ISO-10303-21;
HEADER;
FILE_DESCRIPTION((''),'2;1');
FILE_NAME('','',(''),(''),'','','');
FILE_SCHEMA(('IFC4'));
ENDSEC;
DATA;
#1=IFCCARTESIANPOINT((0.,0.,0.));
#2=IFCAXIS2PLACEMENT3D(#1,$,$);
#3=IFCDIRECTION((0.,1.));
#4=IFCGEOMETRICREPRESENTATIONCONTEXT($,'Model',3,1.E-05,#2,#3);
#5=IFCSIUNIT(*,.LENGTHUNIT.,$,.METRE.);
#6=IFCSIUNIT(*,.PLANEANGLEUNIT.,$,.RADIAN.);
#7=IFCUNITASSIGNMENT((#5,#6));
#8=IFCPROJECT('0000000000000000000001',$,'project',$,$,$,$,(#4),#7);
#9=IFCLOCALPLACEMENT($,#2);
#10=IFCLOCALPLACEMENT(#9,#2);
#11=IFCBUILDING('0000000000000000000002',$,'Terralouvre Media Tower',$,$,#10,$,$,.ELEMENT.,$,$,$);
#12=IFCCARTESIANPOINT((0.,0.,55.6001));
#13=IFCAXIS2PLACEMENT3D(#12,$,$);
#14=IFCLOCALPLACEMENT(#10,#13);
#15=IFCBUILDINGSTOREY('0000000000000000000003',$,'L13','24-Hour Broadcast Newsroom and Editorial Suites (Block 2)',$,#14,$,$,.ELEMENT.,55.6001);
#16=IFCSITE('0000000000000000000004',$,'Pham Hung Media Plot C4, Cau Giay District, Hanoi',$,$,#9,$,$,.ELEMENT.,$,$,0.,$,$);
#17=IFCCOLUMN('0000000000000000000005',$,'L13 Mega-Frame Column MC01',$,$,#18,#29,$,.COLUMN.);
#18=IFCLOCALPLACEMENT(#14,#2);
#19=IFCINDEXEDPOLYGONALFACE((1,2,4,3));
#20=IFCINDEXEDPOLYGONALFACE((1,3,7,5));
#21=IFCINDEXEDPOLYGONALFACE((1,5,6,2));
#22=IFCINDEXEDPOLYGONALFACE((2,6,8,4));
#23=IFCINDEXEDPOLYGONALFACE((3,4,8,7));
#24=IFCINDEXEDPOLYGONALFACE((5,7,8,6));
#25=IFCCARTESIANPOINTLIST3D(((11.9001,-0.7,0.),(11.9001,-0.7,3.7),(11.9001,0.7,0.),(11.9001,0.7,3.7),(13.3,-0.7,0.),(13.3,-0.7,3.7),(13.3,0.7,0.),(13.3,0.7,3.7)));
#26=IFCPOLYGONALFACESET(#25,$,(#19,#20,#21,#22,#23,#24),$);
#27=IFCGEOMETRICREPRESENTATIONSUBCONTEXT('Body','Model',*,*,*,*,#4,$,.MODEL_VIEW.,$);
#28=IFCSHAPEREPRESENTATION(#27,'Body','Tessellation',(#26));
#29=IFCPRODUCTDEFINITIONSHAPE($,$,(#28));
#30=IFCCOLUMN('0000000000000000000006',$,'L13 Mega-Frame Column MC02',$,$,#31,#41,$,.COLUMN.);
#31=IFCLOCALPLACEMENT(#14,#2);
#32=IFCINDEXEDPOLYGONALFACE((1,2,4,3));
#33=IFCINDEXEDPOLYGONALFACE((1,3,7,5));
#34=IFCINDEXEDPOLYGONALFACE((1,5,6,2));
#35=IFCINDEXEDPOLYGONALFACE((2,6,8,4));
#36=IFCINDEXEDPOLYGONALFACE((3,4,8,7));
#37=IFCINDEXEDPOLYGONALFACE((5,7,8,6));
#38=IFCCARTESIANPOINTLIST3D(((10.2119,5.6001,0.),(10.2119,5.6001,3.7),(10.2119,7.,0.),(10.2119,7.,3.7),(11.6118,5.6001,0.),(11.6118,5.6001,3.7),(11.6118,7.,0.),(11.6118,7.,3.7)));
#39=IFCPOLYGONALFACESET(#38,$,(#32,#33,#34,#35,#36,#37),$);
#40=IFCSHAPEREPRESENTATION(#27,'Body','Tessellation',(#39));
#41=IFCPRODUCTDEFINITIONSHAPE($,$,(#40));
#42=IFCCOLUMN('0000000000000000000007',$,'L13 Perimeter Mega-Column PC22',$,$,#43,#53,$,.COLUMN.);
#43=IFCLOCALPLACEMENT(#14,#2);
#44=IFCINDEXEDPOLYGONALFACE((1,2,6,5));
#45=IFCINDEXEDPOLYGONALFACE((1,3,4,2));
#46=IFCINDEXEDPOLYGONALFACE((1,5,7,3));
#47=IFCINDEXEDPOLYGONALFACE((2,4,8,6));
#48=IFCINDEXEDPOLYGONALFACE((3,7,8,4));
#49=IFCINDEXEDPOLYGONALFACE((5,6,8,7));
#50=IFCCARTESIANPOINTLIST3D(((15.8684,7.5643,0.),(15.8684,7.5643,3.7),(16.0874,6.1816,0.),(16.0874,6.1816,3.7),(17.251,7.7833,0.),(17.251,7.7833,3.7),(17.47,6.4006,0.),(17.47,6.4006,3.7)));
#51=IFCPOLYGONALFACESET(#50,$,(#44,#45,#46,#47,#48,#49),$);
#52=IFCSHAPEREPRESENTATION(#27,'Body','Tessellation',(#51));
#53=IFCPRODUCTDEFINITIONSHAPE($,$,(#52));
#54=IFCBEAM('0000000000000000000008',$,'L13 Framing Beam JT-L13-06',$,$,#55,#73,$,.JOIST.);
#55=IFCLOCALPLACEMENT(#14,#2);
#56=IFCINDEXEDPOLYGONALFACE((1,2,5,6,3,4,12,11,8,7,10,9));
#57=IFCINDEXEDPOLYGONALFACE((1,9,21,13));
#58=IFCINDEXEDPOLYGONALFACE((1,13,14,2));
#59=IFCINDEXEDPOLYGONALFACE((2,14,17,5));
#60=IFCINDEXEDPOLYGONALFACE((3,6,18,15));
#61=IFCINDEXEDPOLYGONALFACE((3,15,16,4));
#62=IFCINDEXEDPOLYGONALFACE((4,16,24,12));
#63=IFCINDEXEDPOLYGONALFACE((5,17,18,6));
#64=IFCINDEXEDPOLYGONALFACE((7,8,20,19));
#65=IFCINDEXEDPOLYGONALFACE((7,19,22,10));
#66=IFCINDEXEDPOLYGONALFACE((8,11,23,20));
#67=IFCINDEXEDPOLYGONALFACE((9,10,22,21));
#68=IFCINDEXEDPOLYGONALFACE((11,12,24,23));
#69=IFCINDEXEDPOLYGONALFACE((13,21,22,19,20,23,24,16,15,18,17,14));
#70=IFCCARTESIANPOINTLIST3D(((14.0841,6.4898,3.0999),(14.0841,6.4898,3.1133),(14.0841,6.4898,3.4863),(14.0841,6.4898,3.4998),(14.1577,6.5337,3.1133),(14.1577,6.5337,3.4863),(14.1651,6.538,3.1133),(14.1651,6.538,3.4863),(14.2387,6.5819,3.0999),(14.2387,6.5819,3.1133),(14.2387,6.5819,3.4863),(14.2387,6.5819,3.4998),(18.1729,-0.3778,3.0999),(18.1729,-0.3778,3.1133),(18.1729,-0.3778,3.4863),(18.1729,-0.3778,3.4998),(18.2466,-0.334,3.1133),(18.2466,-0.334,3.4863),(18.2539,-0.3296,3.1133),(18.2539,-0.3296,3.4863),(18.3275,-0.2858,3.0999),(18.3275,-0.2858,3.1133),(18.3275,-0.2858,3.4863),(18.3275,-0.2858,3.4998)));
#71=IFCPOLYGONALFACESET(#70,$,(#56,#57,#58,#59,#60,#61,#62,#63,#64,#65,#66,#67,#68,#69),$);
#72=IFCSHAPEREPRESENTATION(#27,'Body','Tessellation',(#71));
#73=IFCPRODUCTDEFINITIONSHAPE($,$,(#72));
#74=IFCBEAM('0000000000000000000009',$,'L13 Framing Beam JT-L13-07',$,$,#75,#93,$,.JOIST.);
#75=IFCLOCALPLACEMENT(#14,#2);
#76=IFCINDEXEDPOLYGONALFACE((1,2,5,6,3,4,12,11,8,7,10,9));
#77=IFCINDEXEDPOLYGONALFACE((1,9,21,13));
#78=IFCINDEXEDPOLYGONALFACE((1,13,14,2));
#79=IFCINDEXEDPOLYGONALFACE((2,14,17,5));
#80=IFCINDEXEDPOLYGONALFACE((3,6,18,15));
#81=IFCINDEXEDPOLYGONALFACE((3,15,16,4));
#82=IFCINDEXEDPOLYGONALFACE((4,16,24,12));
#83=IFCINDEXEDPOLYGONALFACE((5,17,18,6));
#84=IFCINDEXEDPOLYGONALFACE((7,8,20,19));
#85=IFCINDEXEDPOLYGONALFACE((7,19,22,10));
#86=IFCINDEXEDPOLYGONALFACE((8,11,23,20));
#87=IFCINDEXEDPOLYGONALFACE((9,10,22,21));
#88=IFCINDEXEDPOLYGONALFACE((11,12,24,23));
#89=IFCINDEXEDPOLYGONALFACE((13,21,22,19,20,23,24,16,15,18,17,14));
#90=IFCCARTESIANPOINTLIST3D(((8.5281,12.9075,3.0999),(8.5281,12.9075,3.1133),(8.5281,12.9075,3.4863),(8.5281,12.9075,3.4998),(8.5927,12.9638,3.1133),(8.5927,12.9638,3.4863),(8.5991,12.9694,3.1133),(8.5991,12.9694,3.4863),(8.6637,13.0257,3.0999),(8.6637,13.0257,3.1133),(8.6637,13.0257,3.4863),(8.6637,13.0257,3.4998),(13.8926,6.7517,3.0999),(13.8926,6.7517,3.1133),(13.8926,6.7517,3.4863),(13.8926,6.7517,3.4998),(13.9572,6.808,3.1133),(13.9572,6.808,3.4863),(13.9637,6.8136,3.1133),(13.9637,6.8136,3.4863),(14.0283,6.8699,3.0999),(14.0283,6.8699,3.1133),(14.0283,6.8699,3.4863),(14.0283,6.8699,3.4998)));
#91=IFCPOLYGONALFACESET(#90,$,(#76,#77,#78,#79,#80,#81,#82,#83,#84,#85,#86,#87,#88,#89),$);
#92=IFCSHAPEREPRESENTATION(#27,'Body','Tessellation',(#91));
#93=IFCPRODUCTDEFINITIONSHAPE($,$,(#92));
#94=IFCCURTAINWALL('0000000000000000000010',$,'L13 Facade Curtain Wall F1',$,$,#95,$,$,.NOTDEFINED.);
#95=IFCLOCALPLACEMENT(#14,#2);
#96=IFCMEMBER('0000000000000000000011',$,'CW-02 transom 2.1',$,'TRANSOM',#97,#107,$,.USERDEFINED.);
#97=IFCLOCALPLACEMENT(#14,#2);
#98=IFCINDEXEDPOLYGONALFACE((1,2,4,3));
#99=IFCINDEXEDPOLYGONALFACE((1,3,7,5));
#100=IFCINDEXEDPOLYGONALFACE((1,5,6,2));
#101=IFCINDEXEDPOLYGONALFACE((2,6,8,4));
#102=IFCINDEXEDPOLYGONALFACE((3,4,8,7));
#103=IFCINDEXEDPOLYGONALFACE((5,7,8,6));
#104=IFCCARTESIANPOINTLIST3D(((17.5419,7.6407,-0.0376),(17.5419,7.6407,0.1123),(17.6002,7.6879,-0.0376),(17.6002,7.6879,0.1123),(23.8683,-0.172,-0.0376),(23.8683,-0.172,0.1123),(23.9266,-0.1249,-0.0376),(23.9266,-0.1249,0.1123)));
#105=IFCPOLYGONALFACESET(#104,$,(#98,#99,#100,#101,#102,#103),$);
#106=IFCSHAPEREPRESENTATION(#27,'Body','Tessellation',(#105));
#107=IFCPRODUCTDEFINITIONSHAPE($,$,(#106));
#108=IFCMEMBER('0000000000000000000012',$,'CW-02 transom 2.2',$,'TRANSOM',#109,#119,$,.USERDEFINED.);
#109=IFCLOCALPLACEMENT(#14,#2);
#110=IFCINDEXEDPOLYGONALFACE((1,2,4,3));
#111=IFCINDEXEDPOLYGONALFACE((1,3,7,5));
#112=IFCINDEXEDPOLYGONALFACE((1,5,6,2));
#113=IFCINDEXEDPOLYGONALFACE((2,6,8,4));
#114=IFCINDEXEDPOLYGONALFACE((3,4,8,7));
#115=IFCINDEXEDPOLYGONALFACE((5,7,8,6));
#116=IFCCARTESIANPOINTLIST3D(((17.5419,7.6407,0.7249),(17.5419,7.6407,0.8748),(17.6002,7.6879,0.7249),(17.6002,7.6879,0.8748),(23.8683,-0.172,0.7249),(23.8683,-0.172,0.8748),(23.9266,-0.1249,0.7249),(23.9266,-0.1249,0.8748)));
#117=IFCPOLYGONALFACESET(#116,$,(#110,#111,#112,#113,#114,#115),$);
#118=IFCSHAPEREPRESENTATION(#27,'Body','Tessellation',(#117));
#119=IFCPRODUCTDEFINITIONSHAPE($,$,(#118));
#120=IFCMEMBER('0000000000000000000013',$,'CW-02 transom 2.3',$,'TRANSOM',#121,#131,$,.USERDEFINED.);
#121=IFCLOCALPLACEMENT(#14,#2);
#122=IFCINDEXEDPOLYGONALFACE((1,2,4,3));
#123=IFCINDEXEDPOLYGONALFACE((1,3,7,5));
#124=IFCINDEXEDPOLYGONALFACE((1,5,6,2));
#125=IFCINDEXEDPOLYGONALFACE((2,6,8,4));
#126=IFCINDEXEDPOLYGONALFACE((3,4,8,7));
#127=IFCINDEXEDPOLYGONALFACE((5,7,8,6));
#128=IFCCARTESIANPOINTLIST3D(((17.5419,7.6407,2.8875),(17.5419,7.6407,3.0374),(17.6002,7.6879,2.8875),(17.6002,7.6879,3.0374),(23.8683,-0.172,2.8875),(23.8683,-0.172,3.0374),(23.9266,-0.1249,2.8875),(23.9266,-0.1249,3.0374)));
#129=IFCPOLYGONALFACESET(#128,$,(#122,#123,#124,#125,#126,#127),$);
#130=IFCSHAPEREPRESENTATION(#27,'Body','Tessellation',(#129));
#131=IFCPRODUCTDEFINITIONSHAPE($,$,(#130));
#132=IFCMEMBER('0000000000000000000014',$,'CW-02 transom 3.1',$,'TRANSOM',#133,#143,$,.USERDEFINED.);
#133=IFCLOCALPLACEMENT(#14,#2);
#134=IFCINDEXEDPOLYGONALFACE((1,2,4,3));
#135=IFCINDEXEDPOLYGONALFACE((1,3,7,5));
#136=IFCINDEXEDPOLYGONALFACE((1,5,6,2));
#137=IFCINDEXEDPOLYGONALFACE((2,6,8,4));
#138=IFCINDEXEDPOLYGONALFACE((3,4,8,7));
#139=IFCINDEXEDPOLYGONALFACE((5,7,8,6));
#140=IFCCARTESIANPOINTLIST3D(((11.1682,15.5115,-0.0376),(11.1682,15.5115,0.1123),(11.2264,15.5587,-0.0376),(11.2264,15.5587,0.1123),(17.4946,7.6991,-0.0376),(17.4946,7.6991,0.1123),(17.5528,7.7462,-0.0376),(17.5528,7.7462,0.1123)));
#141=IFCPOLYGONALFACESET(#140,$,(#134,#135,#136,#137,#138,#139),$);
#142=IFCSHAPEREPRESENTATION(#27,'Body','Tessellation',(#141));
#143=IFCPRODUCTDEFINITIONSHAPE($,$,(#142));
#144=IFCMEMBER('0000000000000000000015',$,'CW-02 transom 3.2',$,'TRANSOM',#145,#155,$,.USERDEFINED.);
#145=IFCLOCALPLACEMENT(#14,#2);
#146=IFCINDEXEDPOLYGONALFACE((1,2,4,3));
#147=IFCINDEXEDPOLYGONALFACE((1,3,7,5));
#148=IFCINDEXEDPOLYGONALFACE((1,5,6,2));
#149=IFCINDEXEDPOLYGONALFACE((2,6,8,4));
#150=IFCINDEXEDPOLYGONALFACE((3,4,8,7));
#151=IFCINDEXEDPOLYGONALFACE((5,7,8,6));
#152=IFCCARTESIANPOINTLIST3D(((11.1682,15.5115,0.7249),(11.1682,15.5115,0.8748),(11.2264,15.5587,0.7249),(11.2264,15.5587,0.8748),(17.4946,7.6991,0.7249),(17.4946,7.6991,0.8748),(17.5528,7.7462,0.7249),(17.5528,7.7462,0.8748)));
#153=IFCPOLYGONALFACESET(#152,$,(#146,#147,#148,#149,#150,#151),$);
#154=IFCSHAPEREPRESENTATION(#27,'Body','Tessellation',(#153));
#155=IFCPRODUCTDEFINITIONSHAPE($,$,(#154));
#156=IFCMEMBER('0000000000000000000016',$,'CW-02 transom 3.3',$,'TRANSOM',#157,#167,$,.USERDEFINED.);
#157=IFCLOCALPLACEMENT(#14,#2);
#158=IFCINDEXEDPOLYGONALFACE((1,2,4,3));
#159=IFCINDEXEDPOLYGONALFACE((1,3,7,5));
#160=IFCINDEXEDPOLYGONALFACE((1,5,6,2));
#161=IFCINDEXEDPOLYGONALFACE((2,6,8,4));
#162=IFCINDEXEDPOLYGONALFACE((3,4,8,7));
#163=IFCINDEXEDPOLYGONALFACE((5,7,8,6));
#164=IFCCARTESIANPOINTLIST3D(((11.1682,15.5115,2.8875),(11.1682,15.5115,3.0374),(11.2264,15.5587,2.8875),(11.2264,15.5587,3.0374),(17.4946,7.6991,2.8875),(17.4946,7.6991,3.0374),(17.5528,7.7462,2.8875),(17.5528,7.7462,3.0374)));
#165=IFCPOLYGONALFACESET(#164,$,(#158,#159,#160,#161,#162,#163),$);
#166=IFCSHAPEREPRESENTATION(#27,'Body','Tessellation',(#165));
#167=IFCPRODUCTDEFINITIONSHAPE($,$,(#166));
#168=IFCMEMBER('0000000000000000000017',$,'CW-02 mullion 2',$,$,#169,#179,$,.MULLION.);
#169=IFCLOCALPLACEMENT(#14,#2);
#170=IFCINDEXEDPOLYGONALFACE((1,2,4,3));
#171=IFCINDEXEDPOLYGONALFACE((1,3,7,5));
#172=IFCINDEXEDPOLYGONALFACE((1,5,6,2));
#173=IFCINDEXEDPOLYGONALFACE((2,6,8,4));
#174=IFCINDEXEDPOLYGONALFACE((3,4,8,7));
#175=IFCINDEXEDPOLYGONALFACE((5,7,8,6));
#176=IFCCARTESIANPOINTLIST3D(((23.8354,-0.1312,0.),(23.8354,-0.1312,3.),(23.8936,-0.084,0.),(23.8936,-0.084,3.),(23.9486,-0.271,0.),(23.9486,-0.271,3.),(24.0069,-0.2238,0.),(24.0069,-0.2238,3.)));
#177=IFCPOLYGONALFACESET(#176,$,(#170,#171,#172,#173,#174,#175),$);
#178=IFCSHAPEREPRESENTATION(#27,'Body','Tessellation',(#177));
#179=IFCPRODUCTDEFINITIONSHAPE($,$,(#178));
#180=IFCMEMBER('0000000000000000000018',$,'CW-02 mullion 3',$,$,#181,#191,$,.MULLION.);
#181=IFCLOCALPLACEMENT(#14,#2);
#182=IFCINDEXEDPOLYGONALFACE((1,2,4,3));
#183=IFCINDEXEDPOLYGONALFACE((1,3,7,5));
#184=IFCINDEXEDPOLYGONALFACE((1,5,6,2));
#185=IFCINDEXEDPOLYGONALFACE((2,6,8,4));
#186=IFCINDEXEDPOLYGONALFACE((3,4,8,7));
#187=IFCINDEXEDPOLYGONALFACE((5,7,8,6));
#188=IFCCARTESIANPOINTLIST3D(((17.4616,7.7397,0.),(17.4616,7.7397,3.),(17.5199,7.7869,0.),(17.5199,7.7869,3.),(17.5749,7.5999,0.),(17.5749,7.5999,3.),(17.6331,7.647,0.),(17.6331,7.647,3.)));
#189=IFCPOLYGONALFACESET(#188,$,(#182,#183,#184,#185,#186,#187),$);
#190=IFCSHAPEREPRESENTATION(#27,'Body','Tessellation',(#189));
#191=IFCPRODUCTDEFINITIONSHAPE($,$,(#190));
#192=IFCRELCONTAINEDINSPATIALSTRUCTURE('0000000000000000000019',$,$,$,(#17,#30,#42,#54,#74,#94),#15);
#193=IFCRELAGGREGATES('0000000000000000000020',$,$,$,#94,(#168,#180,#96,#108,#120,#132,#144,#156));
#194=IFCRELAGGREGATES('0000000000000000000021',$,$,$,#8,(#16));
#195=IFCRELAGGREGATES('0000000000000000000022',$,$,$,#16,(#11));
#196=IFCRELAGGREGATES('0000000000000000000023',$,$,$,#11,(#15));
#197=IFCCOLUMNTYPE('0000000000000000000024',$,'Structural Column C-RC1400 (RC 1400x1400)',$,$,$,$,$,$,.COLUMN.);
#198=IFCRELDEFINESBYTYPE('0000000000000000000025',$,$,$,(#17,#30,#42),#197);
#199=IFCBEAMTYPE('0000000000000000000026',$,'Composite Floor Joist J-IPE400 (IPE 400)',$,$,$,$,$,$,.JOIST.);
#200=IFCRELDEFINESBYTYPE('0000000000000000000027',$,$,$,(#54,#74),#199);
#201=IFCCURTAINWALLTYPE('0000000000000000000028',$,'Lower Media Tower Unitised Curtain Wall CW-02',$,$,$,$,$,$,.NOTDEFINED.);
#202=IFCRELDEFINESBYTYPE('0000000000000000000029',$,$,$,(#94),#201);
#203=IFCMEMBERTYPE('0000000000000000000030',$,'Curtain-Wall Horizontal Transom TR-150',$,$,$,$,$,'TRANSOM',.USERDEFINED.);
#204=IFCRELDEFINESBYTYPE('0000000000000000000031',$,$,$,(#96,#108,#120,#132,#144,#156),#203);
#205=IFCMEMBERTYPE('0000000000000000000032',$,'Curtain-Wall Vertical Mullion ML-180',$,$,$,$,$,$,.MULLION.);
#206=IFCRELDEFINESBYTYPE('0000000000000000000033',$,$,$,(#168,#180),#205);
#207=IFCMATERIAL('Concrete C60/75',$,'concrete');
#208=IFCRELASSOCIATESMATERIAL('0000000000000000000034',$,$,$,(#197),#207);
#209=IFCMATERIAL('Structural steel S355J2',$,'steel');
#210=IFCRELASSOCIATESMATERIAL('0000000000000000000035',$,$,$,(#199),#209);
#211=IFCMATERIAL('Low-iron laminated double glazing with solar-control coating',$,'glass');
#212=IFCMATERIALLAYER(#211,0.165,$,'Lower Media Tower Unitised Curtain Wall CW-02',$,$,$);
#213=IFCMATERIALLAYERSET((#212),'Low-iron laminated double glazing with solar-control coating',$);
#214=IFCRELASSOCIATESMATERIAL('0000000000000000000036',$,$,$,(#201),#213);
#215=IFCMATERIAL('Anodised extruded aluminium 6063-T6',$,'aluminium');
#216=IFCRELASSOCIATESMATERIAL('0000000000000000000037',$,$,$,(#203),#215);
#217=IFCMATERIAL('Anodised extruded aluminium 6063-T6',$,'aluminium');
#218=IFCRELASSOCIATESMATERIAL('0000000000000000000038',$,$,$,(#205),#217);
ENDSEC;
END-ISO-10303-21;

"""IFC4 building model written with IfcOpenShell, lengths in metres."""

from ifc_helpers import new_model, si_unit, direction, frame, origin, origin_2d, place, context, subcontext, project, spatial, rectangle, i_section, extrude, material, layer, layer_set, material_profile, profile_set, type_object, element, aggregate, save


model = new_model("IFC4")

# Units and contexts
model_context = context("Model", 3, precision=1e-05, world=origin(), true_north=direction((0.0, 1.0)))
body_context = subcontext(model_context, "Body", "Model", "MODEL_VIEW")
ifc_project = project(units=[si_unit("LENGTHUNIT", "METRE"), si_unit("PLANEANGLEUNIT", "RADIAN")], contexts=[model_context])

# Site, building, storey
site_placement = place(None, origin())
site = spatial("IfcSite", under=ifc_project, at=site_placement, Name="Pham Hung Media Plot C4, Cau Giay District, Hanoi", CompositionType="ELEMENT", RefElevation=0.0)
building_placement = place(site_placement, origin())
building = spatial("IfcBuilding", under=site, at=building_placement, Name="Terralouvre Media Tower", CompositionType="ELEMENT")
storey_placement = place(building_placement, frame((0.0, 0.0, 55.6001)))
storey = spatial("IfcBuildingStorey", under=building, at=storey_placement, Name="L13", Description="24-Hour Broadcast Newsroom and Editorial Suites (Block 2)", CompositionType="ELEMENT", Elevation=55.6001)

# Columns
ifc_material_1 = material(Name="Concrete C60/75", Category="concrete")
ifc_material_profile_1 = material_profile(ifc_material_1, rectangle(XDim=1.3999, YDim=1.3999, at=origin_2d()), Name="RC 1400x1400")
ifc_profile_set_1 = profile_set([ifc_material_profile_1], Name="Concrete C60/75")
column_type = type_object("IfcColumnType", Name="Structural Column C-RC1400 (RC 1400x1400)", PredefinedType="COLUMN", material=ifc_profile_set_1)
for number, where, z_axis, x_axis, name in (
    (1, (12.6001, 0.0, 0.0), (0.0, 0.0, 1.0), (1.0, 0.0, 0.0), "L13 Mega-Frame Column MC01"),
    (2, (10.9119, 6.3, 0.0), (0.0, 0.0, 1.0), (1.0, 0.0, 0.0), "L13 Mega-Frame Column MC02"),
    (3, (16.6692, 6.9824, 0.0), (0.0, 0.0, 1.0), (0.987688, 0.156434, 0.0), "L13 Perimeter Mega-Column PC22"),
):
    element("IfcColumn", number, at=place(storey_placement, frame(where, z_axis=z_axis, x_axis=x_axis)), inside=storey, type_object=column_type, Name=name, PredefinedType="COLUMN", context=body_context, shape_type="SweptSolid", body=[
        extrude(rectangle(XDim=1.3999, YDim=1.3999, at=origin_2d()), origin(), (0.0, 0.0, 1.0), 3.7),
    ])

# Beams
ifc_material_2 = material(Name="Structural steel S355J2", Category="steel")
ifc_material_profile_2 = material_profile(ifc_material_2, i_section(OverallWidth=0.1799, OverallDepth=0.3999, WebThickness=0.0085, FlangeThickness=0.0134, at=origin_2d()), Name="IPE 400")
ifc_profile_set_2 = profile_set([ifc_material_profile_2], Name="Structural steel S355J2")
beam_type_1 = type_object("IfcBeamType", Name="Composite Floor Joist J-IPE400 (IPE 400)", PredefinedType="JOIST", material=ifc_profile_set_2)
beam_1_placement = place(storey_placement, frame((18.2502, -0.3318, 3.2998), z_axis=(-0.511573, 0.85924, 0.0), x_axis=(-0.85924, -0.511573, 0.0)))
element("IfcBeam", 4, at=beam_1_placement, inside=storey, type_object=beam_type_1, Name="L13 Framing Beam JT-L13-06", PredefinedType="JOIST", context=body_context, shape_type="SweptSolid", body=[
    extrude(i_section(OverallWidth=0.1799, OverallDepth=0.3999, WebThickness=0.0085, FlangeThickness=0.0134, at=origin_2d()), origin(), (0.0, 0.0, 1.0), 7.9927),
])
beam_2_placement = place(storey_placement, frame((13.9604, 6.8108, 3.2998), z_axis=(-0.656992, 0.753898, 0.0), x_axis=(-0.753898, -0.656992, 0.0)))
element("IfcBeam", 5, at=beam_2_placement, inside=storey, type_object=beam_type_1, Name="L13 Framing Beam JT-L13-07", PredefinedType="JOIST", context=body_context, shape_type="SweptSolid", body=[
    extrude(i_section(OverallWidth=0.1799, OverallDepth=0.3999, WebThickness=0.0085, FlangeThickness=0.0134, at=origin_2d()), origin(), (0.0, 0.0, 1.0), 8.1653),
])

# Curtain wall, members
ifc_material_3 = material(Name="Low-iron laminated double glazing with solar-control coating", Category="glass")
ifc_layer_1 = layer(ifc_material_3, 0.165, Name="Lower Media Tower Unitised Curtain Wall CW-02")
ifc_layer_set_1 = layer_set([ifc_layer_1], Name="Low-iron laminated double glazing with solar-control coating")
curtain_wall_type = type_object("IfcCurtainWallType", Name="Lower Media Tower Unitised Curtain Wall CW-02", PredefinedType="NOTDEFINED", material=ifc_layer_set_1)
curtain_wall_placement = place(storey_placement, origin())
curtain_wall = element("IfcCurtainWall", 6, at=curtain_wall_placement, inside=storey, type_object=curtain_wall_type, Name="L13 Facade Curtain Wall F1", PredefinedType="NOTDEFINED")
ifc_material_4 = material(Name="Anodised extruded aluminium 6063-T6", Category="aluminium")
ifc_material_profile_3 = material_profile(ifc_material_4, rectangle(XDim=0.075, YDim=0.1499, at=origin_2d()), Name="ALU 75x150")
ifc_profile_set_3 = profile_set([ifc_material_profile_3], Name="Anodised extruded aluminium 6063-T6")
member_type_1 = type_object("IfcMemberType", Name="Curtain-Wall Horizontal Transom TR-150", ElementType="TRANSOM", PredefinedType="USERDEFINED", material=ifc_profile_set_3)
member_1_placement = place(storey_placement, frame((23.8975, -0.1484, 0.0374), z_axis=(-0.629307, 0.777157, 0.0), x_axis=(-0.777157, -0.629307, 0.0)))
member_1 = element("IfcMember", 7, at=member_1_placement, type_object=member_type_1, Name="CW-02 transom 2.1", ObjectType="TRANSOM", PredefinedType="USERDEFINED", context=body_context, shape_type="SweptSolid", body=[
    extrude(rectangle(XDim=0.075, YDim=0.1499, at=origin_2d()), origin(), (0.0, 0.0, 1.0), 10.053),
])
member_2_placement = place(storey_placement, frame((23.8975, -0.1484, 0.7998), z_axis=(-0.629307, 0.777157, 0.0), x_axis=(-0.777157, -0.629307, 0.0)))
member_2 = element("IfcMember", 8, at=member_2_placement, type_object=member_type_1, Name="CW-02 transom 2.2", ObjectType="TRANSOM", PredefinedType="USERDEFINED", context=body_context, shape_type="SweptSolid", body=[
    extrude(rectangle(XDim=0.075, YDim=0.1499, at=origin_2d()), origin(), (0.0, 0.0, 1.0), 10.053),
])
member_3_placement = place(storey_placement, frame((23.8975, -0.1484, 2.9624), z_axis=(-0.629307, 0.777157, 0.0), x_axis=(-0.777157, -0.629307, 0.0)))
member_3 = element("IfcMember", 9, at=member_3_placement, type_object=member_type_1, Name="CW-02 transom 2.3", ObjectType="TRANSOM", PredefinedType="USERDEFINED", context=body_context, shape_type="SweptSolid", body=[
    extrude(rectangle(XDim=0.075, YDim=0.1499, at=origin_2d()), origin(), (0.0, 0.0, 1.0), 10.053),
])
member_4_placement = place(storey_placement, frame((17.5237, 7.7227, 0.0374), z_axis=(-0.629319, 0.777147, 0.0), x_axis=(-0.777147, -0.629319, 0.0)))
member_4 = element("IfcMember", 10, at=member_4_placement, type_object=member_type_1, Name="CW-02 transom 3.1", ObjectType="TRANSOM", PredefinedType="USERDEFINED", context=body_context, shape_type="SweptSolid", body=[
    extrude(rectangle(XDim=0.075, YDim=0.1499, at=origin_2d()), origin(), (0.0, 0.0, 1.0), 10.0527),
])
member_5_placement = place(storey_placement, frame((17.5237, 7.7227, 0.7998), z_axis=(-0.629319, 0.777147, 0.0), x_axis=(-0.777147, -0.629319, 0.0)))
member_5 = element("IfcMember", 11, at=member_5_placement, type_object=member_type_1, Name="CW-02 transom 3.2", ObjectType="TRANSOM", PredefinedType="USERDEFINED", context=body_context, shape_type="SweptSolid", body=[
    extrude(rectangle(XDim=0.075, YDim=0.1499, at=origin_2d()), origin(), (0.0, 0.0, 1.0), 10.0527),
])
member_6_placement = place(storey_placement, frame((17.5237, 7.7227, 2.9624), z_axis=(-0.629319, 0.777147, 0.0), x_axis=(-0.777147, -0.629319, 0.0)))
member_6 = element("IfcMember", 12, at=member_6_placement, type_object=member_type_1, Name="CW-02 transom 3.3", ObjectType="TRANSOM", PredefinedType="USERDEFINED", context=body_context, shape_type="SweptSolid", body=[
    extrude(rectangle(XDim=0.075, YDim=0.1499, at=origin_2d()), origin(), (0.0, 0.0, 1.0), 10.0527),
])
ifc_material_5 = material(Name="Anodised extruded aluminium 6063-T6", Category="aluminium")
ifc_material_profile_4 = material_profile(ifc_material_5, rectangle(XDim=0.075, YDim=0.1799, at=origin_2d()), Name="ALU 75x180")
ifc_profile_set_4 = profile_set([ifc_material_profile_4], Name="Anodised extruded aluminium 6063-T6")
member_type_2 = type_object("IfcMemberType", Name="Curtain-Wall Vertical Mullion ML-180", PredefinedType="MULLION", material=ifc_profile_set_4)
member_7_placement = place(storey_placement, frame((23.9211, -0.1775, 0.0), z_axis=(0.0, 0.0, 1.0), x_axis=(-0.777146, -0.62932, 0.0)))
member_7 = element("IfcMember", 13, at=member_7_placement, type_object=member_type_2, Name="CW-02 mullion 2", PredefinedType="MULLION", context=body_context, shape_type="SweptSolid", body=[
    extrude(rectangle(XDim=0.075, YDim=0.1799, at=origin_2d()), origin(), (0.0, 0.0, 1.0), 3.0),
])
member_8_placement = place(storey_placement, frame((17.5474, 7.6934, 0.0), z_axis=(0.0, 0.0, 1.0), x_axis=(-0.777146, -0.62932, 0.0)))
member_8 = element("IfcMember", 14, at=member_8_placement, type_object=member_type_2, Name="CW-02 mullion 3", PredefinedType="MULLION", context=body_context, shape_type="SweptSolid", body=[
    extrude(rectangle(XDim=0.075, YDim=0.1799, at=origin_2d()), origin(), (0.0, 0.0, 1.0), 3.0),
])

aggregate(curtain_wall, [member_7, member_8, member_1, member_2, member_3, member_4, member_5, member_6])

save(model, "model.ifc")
